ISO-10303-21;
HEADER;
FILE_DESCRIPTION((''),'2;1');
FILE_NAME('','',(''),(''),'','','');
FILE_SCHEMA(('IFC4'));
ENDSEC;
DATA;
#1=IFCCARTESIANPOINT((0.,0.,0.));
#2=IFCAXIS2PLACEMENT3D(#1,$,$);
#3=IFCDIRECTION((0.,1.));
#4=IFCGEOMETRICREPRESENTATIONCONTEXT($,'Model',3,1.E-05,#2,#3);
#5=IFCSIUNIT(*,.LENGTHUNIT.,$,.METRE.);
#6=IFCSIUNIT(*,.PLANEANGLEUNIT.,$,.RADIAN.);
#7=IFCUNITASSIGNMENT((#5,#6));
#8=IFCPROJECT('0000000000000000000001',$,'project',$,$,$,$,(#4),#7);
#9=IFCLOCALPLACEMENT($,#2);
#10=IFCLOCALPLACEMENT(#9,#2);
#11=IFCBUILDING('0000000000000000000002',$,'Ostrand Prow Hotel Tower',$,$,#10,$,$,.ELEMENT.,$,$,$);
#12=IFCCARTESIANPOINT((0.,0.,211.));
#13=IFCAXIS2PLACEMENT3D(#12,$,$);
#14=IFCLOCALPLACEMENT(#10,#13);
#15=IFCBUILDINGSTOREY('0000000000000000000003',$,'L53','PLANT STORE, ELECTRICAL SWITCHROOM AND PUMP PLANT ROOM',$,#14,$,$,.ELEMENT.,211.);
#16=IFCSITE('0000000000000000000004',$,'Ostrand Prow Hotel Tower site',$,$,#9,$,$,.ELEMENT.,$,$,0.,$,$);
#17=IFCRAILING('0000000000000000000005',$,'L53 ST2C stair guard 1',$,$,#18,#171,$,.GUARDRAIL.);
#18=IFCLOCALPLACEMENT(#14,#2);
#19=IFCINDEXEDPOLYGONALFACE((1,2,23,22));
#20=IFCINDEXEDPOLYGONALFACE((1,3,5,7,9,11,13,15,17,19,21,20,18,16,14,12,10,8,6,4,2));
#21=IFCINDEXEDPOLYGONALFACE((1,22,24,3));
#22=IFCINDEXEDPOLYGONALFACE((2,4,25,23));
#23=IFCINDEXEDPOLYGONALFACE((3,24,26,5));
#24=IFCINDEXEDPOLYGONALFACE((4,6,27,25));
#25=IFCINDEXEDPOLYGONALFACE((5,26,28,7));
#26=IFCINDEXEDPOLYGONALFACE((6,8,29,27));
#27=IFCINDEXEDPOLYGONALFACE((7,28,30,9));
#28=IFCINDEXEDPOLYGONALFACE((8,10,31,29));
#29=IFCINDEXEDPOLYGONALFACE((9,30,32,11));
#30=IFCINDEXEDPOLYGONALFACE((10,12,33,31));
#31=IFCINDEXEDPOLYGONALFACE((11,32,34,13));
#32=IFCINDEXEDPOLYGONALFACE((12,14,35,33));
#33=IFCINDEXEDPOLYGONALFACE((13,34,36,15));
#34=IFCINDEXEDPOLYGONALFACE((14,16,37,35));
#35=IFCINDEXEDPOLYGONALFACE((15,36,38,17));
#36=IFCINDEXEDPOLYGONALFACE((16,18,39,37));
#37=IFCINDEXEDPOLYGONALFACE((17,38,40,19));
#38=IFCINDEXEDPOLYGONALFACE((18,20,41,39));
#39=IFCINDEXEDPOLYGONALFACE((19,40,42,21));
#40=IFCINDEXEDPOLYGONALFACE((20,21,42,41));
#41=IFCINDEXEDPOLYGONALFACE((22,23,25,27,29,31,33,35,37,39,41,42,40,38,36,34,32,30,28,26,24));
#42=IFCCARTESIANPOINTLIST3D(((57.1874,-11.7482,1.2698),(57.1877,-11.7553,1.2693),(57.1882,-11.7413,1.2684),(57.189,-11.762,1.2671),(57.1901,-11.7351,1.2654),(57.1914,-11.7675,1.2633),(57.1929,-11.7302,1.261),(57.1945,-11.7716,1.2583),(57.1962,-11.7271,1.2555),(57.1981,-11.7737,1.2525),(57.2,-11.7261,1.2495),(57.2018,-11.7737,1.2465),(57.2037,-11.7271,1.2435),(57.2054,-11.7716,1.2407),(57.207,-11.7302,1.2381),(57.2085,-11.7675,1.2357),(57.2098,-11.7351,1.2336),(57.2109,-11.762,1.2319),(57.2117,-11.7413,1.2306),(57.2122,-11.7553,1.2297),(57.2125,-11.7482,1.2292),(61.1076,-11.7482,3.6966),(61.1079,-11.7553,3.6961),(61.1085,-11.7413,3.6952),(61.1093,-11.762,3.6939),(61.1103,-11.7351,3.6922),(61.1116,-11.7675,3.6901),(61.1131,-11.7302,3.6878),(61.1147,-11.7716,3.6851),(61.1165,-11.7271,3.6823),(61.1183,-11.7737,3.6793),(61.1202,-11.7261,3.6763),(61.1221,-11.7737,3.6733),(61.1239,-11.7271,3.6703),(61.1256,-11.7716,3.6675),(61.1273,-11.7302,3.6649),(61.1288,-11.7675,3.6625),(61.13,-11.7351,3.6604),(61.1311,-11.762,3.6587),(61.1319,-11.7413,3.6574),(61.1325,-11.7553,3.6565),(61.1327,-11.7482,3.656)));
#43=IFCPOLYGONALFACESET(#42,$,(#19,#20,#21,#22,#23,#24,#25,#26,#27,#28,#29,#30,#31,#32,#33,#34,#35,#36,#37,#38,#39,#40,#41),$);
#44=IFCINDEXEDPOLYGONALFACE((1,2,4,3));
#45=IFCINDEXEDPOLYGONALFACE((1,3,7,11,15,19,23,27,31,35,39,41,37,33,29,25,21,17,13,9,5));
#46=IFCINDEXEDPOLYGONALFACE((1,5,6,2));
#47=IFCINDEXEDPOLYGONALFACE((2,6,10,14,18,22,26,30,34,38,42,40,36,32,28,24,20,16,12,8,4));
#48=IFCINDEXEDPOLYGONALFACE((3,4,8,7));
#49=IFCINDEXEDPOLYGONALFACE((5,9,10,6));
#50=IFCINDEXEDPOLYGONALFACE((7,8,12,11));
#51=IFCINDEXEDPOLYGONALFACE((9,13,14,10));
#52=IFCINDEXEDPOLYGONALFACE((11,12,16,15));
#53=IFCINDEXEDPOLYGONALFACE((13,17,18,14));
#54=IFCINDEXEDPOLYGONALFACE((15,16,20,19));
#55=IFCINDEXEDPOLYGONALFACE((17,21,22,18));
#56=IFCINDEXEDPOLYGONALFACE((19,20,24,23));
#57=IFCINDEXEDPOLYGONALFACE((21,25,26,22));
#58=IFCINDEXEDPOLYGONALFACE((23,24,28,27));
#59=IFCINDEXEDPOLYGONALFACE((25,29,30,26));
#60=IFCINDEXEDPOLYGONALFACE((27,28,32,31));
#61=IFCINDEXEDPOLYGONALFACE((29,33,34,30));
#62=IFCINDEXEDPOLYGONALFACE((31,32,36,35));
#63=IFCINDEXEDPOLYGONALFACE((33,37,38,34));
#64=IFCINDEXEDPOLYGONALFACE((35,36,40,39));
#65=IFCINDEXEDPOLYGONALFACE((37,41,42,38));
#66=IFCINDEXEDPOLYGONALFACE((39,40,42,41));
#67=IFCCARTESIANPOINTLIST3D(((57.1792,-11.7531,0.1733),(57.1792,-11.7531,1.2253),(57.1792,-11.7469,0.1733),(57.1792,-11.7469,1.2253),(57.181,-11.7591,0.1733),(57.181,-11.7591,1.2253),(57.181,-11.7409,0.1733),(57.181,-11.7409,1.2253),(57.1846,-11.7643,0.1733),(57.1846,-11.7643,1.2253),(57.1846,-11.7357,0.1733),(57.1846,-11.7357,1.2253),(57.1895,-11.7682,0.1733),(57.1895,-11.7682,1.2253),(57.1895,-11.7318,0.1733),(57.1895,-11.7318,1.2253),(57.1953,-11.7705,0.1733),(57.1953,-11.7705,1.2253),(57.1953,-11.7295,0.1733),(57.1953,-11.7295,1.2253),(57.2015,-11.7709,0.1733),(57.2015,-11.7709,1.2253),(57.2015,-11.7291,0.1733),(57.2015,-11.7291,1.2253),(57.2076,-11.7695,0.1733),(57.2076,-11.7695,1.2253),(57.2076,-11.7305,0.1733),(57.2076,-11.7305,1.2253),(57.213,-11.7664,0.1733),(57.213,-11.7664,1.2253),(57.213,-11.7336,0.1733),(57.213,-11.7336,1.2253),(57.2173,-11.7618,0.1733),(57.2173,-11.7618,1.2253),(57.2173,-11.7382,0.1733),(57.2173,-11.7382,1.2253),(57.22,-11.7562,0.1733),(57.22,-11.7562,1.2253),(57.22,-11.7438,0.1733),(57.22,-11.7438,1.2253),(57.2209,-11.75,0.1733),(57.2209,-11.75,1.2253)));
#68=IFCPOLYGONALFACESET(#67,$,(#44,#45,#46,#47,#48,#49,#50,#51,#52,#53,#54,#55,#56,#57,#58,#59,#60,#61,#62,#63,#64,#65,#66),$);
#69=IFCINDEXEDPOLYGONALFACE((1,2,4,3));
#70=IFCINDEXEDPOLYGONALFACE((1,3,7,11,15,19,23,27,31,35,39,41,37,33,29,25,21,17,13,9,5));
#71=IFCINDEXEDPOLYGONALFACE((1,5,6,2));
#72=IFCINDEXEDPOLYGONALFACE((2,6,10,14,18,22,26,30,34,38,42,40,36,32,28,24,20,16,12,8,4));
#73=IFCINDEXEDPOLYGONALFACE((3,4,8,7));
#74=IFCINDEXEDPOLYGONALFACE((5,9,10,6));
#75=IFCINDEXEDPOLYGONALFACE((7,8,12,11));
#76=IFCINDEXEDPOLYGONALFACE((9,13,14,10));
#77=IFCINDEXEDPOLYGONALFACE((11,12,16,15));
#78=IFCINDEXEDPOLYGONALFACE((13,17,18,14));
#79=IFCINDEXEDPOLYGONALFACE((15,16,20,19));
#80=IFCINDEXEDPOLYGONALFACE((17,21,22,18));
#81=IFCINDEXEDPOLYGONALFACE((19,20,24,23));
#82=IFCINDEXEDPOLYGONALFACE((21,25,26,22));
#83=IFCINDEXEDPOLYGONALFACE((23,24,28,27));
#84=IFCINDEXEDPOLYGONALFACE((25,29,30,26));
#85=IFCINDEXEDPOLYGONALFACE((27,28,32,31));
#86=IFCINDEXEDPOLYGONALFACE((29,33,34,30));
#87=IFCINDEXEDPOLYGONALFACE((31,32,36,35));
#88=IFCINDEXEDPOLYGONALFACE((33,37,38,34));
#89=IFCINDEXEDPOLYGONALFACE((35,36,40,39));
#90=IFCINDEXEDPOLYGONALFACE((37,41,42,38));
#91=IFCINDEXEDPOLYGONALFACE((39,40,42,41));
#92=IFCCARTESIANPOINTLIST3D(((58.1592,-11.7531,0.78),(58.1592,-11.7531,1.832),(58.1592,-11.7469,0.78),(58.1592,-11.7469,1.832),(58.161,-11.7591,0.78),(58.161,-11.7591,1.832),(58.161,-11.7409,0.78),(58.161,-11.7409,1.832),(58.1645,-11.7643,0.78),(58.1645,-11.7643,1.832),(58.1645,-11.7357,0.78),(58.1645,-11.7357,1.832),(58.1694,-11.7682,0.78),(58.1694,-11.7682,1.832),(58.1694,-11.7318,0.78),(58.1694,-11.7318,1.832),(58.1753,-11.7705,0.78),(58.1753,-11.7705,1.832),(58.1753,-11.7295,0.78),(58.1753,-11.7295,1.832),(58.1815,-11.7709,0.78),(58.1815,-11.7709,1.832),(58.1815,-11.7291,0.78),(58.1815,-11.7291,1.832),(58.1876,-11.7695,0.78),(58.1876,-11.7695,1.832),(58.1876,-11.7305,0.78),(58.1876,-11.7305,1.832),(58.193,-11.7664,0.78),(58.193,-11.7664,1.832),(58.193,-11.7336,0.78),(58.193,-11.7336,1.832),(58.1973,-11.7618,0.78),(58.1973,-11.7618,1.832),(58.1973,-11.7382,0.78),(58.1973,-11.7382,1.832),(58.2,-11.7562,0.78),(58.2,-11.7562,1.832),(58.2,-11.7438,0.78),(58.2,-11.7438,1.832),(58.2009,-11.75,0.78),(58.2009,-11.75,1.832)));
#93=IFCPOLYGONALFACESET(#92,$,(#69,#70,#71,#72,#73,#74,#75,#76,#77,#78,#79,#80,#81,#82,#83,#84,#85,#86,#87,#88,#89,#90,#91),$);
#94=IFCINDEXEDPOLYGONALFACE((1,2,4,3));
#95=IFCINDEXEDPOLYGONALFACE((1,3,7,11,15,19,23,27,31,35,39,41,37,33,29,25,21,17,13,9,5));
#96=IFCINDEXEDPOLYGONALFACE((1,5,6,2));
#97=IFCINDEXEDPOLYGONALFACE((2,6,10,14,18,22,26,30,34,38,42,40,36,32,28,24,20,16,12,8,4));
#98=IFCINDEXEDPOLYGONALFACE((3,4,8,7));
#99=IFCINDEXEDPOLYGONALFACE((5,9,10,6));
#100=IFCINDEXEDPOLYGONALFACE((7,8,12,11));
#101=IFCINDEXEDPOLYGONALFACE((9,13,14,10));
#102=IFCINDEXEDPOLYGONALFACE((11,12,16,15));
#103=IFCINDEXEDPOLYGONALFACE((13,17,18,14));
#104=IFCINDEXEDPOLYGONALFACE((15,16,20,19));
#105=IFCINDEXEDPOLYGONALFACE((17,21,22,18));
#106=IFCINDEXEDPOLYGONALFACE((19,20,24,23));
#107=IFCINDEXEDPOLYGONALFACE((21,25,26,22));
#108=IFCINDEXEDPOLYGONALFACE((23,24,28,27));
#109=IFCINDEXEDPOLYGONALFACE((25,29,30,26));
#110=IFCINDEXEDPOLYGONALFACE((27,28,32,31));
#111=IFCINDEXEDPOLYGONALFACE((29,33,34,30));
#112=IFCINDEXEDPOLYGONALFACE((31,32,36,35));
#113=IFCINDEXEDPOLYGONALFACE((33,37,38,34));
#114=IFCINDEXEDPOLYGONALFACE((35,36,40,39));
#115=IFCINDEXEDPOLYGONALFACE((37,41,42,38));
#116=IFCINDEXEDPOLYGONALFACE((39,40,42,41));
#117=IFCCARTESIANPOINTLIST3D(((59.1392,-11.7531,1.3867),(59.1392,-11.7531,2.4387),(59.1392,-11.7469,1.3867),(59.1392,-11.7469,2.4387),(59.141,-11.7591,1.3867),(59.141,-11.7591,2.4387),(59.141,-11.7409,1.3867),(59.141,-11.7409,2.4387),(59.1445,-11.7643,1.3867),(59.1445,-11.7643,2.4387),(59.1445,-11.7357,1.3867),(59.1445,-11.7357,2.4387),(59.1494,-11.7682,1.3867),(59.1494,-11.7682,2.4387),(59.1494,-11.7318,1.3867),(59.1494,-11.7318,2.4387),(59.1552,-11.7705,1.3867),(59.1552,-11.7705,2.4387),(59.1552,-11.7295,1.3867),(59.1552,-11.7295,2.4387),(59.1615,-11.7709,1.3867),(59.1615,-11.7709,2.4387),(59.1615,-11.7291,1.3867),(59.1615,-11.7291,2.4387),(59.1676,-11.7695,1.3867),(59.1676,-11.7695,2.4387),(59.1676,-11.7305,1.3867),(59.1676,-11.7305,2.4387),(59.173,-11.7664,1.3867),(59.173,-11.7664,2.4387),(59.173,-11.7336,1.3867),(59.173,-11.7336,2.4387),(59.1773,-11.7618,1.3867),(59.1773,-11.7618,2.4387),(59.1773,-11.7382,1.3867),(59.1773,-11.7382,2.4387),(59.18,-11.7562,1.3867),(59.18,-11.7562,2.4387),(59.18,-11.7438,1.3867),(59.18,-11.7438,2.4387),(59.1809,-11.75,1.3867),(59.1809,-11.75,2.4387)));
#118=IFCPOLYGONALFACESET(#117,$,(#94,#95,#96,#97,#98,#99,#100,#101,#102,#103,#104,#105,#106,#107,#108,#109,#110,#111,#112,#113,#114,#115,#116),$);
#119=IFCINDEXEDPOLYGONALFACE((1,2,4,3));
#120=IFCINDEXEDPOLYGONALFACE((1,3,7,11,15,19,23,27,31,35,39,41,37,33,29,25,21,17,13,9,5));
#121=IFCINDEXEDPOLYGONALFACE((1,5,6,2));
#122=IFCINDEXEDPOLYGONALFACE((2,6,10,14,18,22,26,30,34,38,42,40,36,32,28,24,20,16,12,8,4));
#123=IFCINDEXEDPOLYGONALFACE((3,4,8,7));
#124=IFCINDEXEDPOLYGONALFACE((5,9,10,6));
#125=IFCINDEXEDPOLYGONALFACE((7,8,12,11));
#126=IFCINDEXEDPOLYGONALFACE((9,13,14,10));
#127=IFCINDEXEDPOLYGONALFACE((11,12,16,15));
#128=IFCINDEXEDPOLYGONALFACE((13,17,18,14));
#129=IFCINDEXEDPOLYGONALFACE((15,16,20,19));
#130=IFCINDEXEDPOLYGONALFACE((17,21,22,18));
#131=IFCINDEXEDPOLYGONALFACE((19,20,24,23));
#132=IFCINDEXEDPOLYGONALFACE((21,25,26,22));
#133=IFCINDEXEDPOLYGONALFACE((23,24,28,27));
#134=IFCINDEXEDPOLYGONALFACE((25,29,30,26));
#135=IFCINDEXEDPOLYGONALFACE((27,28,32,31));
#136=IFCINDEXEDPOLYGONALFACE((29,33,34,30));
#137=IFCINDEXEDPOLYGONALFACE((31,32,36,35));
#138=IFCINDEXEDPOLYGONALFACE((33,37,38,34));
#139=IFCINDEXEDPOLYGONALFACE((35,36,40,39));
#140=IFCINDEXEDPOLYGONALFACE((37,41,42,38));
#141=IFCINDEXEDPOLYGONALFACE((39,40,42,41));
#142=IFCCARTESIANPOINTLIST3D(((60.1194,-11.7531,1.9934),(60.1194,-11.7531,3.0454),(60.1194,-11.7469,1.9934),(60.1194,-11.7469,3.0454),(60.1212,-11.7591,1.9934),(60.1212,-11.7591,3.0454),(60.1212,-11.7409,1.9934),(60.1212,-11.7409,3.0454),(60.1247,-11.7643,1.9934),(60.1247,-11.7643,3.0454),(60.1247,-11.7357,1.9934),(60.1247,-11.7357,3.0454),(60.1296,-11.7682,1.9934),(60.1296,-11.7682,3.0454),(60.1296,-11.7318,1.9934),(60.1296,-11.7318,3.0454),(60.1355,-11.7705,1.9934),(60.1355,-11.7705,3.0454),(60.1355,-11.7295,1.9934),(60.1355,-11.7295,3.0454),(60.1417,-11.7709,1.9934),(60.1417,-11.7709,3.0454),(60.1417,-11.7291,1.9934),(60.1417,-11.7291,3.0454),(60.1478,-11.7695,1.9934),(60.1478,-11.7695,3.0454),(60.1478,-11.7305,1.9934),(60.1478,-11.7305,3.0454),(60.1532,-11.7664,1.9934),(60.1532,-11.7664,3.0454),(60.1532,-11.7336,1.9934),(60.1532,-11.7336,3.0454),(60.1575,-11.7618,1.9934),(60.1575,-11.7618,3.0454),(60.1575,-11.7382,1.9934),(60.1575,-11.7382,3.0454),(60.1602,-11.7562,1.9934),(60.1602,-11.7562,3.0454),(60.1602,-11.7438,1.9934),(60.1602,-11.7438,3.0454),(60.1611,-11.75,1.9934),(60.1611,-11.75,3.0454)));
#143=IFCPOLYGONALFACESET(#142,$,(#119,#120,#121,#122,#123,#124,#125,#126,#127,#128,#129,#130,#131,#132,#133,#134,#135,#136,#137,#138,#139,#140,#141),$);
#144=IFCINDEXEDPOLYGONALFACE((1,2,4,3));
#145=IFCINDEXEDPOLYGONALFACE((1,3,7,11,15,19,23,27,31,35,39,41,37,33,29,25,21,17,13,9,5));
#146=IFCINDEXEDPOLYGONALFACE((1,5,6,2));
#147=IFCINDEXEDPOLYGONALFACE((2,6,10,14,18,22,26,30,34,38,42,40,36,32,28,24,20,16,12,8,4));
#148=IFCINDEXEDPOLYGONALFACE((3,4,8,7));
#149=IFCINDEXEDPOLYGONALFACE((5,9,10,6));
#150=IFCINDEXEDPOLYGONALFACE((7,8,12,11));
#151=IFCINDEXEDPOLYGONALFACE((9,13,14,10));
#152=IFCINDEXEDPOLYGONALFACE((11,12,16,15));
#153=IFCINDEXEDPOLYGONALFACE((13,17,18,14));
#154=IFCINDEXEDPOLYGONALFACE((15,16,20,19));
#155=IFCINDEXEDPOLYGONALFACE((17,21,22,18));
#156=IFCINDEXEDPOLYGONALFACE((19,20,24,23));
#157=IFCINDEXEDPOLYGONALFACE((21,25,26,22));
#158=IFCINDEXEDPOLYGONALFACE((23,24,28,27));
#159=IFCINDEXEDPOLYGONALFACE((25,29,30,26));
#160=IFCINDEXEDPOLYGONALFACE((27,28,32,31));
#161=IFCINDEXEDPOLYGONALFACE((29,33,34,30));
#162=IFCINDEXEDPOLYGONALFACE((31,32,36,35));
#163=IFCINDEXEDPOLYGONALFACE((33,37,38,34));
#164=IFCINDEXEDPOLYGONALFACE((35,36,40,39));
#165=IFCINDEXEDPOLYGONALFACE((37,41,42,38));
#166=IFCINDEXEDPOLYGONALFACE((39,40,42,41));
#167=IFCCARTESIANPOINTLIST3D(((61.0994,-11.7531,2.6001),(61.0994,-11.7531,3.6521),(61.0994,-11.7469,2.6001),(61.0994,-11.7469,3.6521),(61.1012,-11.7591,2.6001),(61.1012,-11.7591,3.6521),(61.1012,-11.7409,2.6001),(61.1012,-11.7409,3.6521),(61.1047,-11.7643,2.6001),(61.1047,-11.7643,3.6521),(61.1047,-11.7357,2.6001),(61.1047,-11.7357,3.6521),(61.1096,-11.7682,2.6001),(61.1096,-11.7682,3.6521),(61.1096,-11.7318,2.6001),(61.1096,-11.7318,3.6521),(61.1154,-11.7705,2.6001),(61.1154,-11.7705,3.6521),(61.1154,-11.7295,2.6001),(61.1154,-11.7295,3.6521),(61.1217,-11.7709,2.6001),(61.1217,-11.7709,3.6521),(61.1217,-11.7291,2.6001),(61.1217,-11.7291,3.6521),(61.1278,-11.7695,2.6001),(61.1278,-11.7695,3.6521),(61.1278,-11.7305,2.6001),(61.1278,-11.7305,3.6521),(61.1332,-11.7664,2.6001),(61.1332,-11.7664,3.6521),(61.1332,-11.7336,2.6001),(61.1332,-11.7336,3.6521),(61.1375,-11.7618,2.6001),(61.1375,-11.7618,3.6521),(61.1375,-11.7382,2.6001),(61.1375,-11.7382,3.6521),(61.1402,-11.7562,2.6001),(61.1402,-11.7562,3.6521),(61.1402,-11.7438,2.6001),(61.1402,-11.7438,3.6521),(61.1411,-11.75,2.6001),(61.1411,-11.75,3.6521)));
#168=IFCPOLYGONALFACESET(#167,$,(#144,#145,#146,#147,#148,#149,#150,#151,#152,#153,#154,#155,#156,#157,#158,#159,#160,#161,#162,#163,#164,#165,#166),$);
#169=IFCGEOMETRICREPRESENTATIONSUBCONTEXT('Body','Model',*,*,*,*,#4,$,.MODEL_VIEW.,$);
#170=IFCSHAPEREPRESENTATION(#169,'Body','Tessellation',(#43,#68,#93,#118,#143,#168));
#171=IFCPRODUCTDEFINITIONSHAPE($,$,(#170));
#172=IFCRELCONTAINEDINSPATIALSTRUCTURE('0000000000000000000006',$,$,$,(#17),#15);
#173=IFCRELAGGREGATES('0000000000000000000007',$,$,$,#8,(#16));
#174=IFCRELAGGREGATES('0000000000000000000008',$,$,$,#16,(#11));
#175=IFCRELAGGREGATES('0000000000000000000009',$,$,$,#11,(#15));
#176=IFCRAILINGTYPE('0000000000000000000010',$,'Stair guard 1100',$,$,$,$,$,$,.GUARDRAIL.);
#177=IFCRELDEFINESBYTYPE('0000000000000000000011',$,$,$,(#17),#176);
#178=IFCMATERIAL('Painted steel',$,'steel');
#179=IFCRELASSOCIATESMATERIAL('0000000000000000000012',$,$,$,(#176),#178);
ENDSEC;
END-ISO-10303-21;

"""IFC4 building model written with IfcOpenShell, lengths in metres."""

from ifc_helpers import new_model, si_unit, direction, frame, origin, origin_2d, place, context, subcontext, project, spatial, circle, extrude, material, type_object, element, save


model = new_model("IFC4")

# Units and contexts
model_context = context("Model", 3, precision=1e-05, world=origin(), true_north=direction((0.0, 1.0)))
body_context = subcontext(model_context, "Body", "Model", "MODEL_VIEW")
ifc_project = project(units=[si_unit("LENGTHUNIT", "METRE"), si_unit("PLANEANGLEUNIT", "RADIAN")], contexts=[model_context])

# Site, building, storey
site_placement = place(None, origin())
site = spatial("IfcSite", under=ifc_project, at=site_placement, Name="Ostrand Prow Hotel Tower site", CompositionType="ELEMENT", RefElevation=0.0)
building_placement = place(site_placement, origin())
building = spatial("IfcBuilding", under=site, at=building_placement, Name="Ostrand Prow Hotel Tower", CompositionType="ELEMENT")
storey_placement = place(building_placement, frame((0.0, 0.0, 211.0)))
storey = spatial("IfcBuildingStorey", under=building, at=storey_placement, Name="L53", Description="PLANT STORE, ELECTRICAL SWITCHROOM AND PUMP PLANT ROOM", CompositionType="ELEMENT", Elevation=211.0)

# Railing
ifc_material_1 = material(Name="Painted steel", Category="steel")
railing_type_1 = type_object("IfcRailingType", Name="Stair guard 1100", PredefinedType="GUARDRAIL", material=ifc_material_1)
railing_1_placement = place(storey_placement, frame((57.2, -11.75, 0.1733)))
element("IfcRailing", 1, at=railing_1_placement, inside=storey, type_object=railing_type_1, Name="L53 ST2C stair guard 1", PredefinedType="GUARDRAIL", context=body_context, shape_type="SweptSolid", body=[
    extrude(circle(Radius=0.0239, at=origin_2d()), frame((0.0, 0.0, 1.0762), z_axis=(0.850266, 0.0, 0.526353), x_axis=(0.0, 1.0, 0.0)), (0.0, 0.0, 1.0), 4.6106),
    extrude(circle(Radius=0.021, at=origin_2d()), origin(), (0.0, 0.0, 1.0), 1.052),
    extrude(circle(Radius=0.021, at=origin_2d()), frame((0.98, 0.0, 0.6067)), (0.0, 0.0, 1.0), 1.052),
    extrude(circle(Radius=0.021, at=origin_2d()), frame((1.96, 0.0, 1.2134)), (0.0, 0.0, 1.0), 1.052),
    extrude(circle(Radius=0.021, at=origin_2d()), frame((2.9402, 0.0, 1.8201)), (0.0, 0.0, 1.0), 1.052),
    extrude(circle(Radius=0.021, at=origin_2d()), frame((3.9202, 0.0, 2.4268)), (0.0, 0.0, 1.0), 1.052),
])

save(model, "model.ifc")
